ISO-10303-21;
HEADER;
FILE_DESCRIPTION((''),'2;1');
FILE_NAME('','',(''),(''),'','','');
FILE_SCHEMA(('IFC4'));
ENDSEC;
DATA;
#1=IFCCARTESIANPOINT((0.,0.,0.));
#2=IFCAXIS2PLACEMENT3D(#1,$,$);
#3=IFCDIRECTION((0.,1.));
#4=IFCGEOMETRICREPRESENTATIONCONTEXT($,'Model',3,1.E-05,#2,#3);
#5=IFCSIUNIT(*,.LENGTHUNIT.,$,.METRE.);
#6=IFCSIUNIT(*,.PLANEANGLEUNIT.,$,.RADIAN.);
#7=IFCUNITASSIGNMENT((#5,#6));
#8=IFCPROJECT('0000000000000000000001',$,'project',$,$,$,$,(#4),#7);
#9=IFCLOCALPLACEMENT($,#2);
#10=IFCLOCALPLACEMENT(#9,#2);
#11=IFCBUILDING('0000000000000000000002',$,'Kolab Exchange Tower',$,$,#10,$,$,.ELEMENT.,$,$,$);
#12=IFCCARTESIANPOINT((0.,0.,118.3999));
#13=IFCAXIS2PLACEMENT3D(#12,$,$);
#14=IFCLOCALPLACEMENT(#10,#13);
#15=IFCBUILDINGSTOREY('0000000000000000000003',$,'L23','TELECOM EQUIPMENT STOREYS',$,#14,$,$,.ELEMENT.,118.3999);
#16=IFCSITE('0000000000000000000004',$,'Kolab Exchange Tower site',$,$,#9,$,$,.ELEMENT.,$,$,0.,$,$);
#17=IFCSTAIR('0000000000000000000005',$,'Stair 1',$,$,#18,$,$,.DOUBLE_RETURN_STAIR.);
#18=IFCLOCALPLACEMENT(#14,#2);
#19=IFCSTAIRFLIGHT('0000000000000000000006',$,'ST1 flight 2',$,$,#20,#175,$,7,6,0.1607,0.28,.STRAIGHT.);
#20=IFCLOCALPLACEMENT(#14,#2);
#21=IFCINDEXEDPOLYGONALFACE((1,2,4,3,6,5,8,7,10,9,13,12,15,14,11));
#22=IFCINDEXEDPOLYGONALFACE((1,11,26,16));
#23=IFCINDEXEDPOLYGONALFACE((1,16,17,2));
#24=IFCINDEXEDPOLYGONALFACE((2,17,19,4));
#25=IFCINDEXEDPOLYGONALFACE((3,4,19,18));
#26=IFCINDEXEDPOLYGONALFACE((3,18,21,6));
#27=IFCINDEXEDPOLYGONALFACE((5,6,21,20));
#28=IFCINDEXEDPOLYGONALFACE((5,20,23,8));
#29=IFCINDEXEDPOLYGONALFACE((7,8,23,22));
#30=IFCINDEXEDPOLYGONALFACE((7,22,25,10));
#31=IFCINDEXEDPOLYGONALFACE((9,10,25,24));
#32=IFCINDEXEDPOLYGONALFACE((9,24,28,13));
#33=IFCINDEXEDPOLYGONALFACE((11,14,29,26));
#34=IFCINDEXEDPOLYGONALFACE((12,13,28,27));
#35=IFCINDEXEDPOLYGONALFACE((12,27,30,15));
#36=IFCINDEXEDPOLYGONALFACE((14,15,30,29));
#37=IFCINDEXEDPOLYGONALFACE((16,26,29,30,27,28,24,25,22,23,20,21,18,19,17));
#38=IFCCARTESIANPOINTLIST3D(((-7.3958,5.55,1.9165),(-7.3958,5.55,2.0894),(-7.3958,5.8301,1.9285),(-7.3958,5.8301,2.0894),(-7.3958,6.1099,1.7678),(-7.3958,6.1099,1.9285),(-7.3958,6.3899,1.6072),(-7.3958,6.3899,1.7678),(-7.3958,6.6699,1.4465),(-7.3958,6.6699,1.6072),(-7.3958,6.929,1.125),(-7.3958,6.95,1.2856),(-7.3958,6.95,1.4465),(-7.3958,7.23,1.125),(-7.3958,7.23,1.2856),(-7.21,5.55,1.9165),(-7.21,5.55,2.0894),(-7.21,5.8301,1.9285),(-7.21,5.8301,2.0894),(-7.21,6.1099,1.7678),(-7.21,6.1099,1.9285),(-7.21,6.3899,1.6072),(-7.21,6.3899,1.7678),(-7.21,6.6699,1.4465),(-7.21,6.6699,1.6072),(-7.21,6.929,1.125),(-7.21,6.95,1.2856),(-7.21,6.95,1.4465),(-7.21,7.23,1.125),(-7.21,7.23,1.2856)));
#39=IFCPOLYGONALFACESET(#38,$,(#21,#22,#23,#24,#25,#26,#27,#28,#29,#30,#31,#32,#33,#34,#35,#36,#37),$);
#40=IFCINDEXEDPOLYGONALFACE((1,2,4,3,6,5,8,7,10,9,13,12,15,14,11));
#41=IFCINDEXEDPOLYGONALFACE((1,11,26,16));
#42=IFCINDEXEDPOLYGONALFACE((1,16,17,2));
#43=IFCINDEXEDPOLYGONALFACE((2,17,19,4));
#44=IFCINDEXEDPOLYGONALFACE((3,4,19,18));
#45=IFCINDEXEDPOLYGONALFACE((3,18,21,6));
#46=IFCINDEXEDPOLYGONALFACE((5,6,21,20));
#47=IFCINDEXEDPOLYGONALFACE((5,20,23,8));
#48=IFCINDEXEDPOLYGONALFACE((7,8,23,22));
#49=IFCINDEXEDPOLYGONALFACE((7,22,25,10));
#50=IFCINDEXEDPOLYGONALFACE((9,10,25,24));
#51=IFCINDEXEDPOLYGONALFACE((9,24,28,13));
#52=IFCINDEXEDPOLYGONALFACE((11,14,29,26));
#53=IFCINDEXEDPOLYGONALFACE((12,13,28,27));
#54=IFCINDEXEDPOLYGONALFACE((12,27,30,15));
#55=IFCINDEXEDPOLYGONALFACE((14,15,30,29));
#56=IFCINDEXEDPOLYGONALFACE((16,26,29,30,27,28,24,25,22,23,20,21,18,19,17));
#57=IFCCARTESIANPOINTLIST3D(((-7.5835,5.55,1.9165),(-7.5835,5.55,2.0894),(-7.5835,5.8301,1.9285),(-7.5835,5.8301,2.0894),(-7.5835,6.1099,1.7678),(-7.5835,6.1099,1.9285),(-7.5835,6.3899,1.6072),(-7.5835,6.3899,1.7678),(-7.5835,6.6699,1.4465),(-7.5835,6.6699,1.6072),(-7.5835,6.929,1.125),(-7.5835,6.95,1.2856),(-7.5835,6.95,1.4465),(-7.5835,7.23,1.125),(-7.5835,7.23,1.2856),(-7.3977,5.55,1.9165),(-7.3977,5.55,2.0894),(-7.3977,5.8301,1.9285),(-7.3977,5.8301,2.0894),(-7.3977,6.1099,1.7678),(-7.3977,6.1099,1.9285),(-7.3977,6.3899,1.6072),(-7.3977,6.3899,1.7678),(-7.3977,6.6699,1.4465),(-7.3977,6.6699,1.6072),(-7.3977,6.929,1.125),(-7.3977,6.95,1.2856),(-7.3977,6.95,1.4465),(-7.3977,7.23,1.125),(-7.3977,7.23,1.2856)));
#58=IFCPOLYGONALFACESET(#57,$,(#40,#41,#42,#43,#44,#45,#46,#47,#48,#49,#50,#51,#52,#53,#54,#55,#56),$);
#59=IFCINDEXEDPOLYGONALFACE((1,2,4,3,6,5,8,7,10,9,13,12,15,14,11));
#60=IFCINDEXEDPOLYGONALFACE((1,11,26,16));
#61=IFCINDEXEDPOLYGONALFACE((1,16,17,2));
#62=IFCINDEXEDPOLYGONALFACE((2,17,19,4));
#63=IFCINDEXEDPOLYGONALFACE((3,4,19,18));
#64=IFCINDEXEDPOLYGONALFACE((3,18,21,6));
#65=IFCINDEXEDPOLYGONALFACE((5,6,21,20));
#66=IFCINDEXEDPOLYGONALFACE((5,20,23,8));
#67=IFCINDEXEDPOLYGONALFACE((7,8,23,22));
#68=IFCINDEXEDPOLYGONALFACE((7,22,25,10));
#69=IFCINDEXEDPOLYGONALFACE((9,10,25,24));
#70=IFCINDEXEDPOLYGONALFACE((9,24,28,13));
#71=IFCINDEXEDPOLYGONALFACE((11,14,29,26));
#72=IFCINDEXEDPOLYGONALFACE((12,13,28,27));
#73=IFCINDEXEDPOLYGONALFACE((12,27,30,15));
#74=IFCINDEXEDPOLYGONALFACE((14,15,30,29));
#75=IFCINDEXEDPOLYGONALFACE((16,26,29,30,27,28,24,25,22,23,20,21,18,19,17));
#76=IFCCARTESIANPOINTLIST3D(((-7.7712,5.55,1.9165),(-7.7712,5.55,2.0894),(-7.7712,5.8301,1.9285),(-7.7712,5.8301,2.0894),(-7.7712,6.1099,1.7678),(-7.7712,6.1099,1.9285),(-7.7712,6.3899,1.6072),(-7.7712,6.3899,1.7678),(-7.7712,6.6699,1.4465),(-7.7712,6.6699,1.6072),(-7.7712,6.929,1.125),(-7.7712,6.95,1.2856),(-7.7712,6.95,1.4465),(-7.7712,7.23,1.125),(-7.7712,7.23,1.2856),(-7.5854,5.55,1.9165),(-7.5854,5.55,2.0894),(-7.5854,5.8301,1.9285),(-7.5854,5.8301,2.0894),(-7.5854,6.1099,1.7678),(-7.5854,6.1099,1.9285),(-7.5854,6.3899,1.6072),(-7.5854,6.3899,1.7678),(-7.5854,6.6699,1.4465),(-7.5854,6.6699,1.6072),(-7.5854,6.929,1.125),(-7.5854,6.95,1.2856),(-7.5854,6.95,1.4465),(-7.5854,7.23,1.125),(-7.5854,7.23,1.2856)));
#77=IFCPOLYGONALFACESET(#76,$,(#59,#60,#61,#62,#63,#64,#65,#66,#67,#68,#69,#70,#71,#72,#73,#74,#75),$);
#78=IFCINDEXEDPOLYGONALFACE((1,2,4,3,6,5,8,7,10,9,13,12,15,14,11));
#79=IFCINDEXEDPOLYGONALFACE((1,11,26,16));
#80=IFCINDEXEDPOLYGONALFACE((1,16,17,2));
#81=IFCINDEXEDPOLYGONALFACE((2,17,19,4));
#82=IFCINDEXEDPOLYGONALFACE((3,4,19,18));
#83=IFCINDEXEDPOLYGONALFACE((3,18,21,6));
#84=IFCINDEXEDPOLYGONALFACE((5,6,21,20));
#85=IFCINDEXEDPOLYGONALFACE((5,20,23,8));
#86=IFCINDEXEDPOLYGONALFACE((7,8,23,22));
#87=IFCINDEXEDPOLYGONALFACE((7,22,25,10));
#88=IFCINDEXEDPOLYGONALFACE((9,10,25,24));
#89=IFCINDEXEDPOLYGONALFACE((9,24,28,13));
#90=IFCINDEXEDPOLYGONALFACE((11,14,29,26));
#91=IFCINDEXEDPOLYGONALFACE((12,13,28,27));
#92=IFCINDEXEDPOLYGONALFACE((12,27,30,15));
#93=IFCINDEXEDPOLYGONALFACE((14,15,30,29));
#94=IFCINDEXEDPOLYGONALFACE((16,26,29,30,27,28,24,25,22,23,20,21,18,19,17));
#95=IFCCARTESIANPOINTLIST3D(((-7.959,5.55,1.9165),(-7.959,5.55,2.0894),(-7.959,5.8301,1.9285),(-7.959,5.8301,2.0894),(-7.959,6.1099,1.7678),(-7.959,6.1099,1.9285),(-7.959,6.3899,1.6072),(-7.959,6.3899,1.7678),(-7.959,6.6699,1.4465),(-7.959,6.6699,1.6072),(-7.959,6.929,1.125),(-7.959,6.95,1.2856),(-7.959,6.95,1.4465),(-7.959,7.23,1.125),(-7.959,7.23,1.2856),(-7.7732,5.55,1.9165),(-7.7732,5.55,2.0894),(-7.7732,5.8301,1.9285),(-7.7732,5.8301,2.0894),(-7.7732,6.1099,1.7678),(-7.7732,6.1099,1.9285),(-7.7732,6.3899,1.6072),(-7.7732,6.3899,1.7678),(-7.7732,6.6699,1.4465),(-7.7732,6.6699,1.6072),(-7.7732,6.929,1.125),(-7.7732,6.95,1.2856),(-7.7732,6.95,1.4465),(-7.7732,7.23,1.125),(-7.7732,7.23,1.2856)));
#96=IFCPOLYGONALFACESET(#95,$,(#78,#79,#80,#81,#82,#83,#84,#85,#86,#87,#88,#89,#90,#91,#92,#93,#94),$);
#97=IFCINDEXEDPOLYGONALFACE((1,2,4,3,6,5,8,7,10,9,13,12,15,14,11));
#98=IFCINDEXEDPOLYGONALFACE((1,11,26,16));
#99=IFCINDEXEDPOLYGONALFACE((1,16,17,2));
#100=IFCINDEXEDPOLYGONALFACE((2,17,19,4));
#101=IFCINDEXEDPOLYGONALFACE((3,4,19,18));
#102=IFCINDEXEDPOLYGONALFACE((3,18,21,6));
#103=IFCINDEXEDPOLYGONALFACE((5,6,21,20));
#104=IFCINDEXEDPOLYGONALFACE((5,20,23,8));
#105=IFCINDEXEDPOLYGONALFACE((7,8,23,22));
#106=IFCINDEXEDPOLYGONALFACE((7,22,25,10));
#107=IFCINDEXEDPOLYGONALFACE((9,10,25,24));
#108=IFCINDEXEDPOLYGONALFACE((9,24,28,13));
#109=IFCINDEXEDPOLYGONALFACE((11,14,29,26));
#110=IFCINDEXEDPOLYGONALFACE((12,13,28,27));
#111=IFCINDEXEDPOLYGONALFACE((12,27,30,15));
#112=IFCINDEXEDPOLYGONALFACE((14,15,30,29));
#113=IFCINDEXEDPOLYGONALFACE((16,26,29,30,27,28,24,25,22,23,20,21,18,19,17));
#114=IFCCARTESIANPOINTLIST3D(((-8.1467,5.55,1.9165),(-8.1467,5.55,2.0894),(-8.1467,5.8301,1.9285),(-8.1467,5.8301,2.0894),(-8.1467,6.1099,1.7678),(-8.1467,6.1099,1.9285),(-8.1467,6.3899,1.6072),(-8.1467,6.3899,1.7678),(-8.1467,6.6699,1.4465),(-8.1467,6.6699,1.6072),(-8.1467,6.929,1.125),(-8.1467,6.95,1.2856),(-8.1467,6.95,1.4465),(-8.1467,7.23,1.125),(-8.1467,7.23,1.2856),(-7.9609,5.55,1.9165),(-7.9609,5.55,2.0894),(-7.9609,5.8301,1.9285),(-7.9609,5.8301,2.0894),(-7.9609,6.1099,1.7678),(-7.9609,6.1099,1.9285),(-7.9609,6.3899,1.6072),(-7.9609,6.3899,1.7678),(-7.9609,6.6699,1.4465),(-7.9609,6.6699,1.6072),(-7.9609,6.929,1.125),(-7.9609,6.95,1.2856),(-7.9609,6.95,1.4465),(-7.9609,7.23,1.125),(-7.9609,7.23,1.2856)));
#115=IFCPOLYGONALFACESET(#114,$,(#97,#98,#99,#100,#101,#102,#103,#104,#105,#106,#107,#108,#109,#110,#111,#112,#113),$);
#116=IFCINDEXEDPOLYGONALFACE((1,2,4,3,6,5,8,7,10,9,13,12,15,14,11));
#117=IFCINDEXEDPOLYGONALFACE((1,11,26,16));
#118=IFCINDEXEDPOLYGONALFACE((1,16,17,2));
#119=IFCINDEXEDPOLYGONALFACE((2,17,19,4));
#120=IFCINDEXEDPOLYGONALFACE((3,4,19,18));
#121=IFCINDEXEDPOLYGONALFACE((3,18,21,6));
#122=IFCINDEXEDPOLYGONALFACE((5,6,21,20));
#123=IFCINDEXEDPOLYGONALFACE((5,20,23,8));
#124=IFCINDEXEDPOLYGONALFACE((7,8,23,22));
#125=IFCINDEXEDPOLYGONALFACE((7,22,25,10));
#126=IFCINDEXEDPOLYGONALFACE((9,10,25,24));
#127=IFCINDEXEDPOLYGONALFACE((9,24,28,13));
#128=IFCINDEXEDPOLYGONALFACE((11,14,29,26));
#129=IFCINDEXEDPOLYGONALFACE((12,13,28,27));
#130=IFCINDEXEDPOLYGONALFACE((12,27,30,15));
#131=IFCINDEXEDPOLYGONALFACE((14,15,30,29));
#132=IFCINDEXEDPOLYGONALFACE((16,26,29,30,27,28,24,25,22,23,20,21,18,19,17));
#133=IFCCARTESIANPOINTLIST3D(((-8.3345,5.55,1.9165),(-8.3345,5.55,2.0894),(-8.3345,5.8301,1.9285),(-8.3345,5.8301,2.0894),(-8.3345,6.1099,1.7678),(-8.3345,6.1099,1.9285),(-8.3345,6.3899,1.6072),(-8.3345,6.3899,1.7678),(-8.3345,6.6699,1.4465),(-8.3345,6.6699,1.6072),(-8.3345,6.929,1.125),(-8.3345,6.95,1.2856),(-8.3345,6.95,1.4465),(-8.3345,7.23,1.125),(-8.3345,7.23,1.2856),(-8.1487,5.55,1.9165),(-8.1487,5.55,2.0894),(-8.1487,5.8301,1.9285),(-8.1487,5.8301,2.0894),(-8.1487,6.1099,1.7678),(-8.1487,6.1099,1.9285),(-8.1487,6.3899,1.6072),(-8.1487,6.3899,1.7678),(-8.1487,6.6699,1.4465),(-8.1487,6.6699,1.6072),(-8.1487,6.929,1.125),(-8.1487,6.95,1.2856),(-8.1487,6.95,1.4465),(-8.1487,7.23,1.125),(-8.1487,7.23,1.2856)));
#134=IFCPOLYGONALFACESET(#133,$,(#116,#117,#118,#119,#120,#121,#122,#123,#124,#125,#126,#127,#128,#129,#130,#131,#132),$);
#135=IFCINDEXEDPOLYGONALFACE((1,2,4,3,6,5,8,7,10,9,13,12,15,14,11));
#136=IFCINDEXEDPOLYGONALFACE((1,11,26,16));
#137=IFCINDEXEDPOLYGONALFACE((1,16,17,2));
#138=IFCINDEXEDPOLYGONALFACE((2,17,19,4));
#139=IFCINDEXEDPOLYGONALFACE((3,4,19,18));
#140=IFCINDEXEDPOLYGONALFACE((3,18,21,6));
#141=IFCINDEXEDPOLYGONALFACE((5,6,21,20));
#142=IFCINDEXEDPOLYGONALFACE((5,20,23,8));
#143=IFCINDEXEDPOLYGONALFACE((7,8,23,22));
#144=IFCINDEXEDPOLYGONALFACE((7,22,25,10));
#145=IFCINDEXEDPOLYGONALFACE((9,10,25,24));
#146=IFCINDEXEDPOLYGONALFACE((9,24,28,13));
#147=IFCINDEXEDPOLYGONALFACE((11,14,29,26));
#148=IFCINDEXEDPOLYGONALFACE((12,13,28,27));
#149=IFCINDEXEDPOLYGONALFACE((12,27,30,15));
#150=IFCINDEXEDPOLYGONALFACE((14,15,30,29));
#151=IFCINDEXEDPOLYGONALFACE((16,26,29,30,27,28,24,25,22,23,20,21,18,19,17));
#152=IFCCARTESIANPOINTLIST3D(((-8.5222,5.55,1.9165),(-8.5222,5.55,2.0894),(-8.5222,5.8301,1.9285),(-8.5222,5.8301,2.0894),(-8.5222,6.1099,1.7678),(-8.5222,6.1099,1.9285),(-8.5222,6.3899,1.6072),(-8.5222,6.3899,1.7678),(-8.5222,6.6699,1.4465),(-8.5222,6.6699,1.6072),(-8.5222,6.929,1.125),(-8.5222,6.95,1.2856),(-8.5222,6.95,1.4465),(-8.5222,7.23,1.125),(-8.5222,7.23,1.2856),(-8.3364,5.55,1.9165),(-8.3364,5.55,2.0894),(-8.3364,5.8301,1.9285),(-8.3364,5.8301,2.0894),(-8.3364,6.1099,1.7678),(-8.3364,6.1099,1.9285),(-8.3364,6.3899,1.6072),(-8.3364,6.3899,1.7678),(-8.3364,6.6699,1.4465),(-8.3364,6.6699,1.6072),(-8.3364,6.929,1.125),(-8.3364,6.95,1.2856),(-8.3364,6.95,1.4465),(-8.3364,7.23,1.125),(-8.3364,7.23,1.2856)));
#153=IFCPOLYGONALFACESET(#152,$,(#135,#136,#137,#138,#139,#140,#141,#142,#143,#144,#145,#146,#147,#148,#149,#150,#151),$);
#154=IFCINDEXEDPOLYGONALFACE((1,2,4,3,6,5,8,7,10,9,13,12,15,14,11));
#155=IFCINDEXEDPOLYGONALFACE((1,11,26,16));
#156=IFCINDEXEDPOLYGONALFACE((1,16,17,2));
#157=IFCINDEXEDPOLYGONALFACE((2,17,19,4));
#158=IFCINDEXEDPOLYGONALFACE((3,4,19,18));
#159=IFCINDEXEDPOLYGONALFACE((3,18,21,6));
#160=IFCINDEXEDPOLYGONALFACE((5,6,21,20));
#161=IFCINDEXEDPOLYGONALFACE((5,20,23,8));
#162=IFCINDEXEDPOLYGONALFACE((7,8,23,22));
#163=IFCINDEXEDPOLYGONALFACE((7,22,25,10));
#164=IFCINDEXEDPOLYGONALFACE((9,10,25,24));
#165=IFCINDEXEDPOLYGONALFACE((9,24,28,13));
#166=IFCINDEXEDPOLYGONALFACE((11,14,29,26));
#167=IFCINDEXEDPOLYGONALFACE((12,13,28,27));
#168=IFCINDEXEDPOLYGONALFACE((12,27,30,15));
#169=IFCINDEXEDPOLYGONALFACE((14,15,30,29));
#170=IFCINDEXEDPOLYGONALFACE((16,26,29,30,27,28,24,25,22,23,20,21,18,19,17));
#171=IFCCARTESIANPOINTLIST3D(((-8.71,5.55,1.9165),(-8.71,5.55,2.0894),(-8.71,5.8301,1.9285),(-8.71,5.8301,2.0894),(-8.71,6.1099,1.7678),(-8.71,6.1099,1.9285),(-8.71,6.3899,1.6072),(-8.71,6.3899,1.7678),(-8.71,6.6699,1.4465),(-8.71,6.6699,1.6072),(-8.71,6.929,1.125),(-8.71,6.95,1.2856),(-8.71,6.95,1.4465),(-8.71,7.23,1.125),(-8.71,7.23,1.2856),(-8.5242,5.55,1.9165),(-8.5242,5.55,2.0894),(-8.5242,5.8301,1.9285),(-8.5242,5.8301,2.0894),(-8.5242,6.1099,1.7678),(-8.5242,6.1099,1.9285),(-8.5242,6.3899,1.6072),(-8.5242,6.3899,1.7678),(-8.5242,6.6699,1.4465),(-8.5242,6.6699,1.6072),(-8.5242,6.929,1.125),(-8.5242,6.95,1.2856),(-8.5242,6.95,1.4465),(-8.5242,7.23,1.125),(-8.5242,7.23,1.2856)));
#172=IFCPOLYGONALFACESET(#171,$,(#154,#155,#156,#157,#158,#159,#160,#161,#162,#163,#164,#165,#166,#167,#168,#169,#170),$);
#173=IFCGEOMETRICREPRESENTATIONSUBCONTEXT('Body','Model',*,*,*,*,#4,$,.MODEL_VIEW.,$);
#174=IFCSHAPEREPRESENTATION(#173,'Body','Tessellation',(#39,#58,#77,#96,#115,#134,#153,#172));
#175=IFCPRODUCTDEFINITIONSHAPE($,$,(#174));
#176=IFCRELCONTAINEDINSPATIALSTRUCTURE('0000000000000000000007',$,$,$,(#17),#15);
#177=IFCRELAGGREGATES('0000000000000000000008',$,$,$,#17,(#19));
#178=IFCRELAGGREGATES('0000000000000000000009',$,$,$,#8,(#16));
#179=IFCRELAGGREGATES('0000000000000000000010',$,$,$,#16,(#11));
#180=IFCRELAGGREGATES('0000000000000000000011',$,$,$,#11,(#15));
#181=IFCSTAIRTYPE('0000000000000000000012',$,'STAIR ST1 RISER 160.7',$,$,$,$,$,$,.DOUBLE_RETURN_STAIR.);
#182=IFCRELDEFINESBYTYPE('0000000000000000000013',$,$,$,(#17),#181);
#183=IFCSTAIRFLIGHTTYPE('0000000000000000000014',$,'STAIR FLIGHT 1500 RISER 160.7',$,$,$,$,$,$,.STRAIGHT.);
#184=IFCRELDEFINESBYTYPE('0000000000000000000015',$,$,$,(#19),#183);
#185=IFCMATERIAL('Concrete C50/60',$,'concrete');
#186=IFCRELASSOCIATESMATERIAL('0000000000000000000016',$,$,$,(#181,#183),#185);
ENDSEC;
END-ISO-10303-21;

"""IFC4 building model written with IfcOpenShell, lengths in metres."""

from ifc_helpers import new_model, si_unit, direction, frame, origin, place, context, subcontext, project, spatial, polyline, outline, extrude, material, type_object, element, aggregate, save


model = new_model("IFC4")

# Units and contexts
model_context = context("Model", 3, precision=1e-05, world=origin(), true_north=direction((0.0, 1.0)))
body_context = subcontext(model_context, "Body", "Model", "MODEL_VIEW")
ifc_project = project(units=[si_unit("LENGTHUNIT", "METRE"), si_unit("PLANEANGLEUNIT", "RADIAN")], contexts=[model_context])

# Site, building, storey
site_placement = place(None, origin())
site = spatial("IfcSite", under=ifc_project, at=site_placement, Name="Kolab Exchange Tower site", CompositionType="ELEMENT", RefElevation=0.0)
building_placement = place(site_placement, origin())
building = spatial("IfcBuilding", under=site, at=building_placement, Name="Kolab Exchange Tower", CompositionType="ELEMENT")
storey_placement = place(building_placement, frame((0.0, 0.0, 118.3999)))
storey = spatial("IfcBuildingStorey", under=building, at=storey_placement, Name="L23", Description="TELECOM EQUIPMENT STOREYS", CompositionType="ELEMENT", Elevation=118.3999)

# Shared definitions
ifc_material_1 = material(Name="Concrete C50/60", Category="concrete")

# Stair, stair flight
stair_type = type_object("IfcStairType", Name="STAIR ST1 RISER 160.7", PredefinedType="DOUBLE_RETURN_STAIR", material=ifc_material_1)
stair_placement = place(storey_placement, origin())
stair = element("IfcStair", 1, at=stair_placement, inside=storey, type_object=stair_type, Name="Stair 1", PredefinedType="DOUBLE_RETURN_STAIR")
stair_flight_type = type_object("IfcStairFlightType", Name="STAIR FLIGHT 1500 RISER 160.7", PredefinedType="STRAIGHT", material=ifc_material_1)
stair_flight_1_placement = place(storey_placement, frame((-7.96, 7.23, 1.125), z_axis=(0.0, 0.0, 1.0), x_axis=(0.0, -1.0, 0.0)))
stair_flight_1 = element("IfcStairFlight", 2, at=stair_flight_1_placement, type_object=stair_flight_type, Name="ST1 flight 2", NumberOfRisers=7, NumberOfTreads=6, PredefinedType="STRAIGHT", RiserHeight=0.1607, TreadLength=0.28, context=body_context, shape_type="SweptSolid", body=[
    extrude(outline(polyline([(0.0, 0.0), (0.0, 0.1606), (0.28, 0.1606), (0.28, 0.3215), (0.5601, 0.3215), (0.5601, 0.4822), (0.8401, 0.4822), (0.8401, 0.6428), (1.1201, 0.6428), (1.1201, 0.8035), (1.3999, 0.8035), (1.3999, 0.9644), (1.6799, 0.9644), (1.6799, 1.125), (1.6799, 0.7915), (0.301, 0.0), (0.0, 0.0)])), frame((0.0, 0.75, 0.0), z_axis=(0.0, -1.0, 0.0), x_axis=(1.0, 0.0, 0.0)), (0.0, 0.0, 1.0), 0.1858),
    extrude(outline(polyline([(0.0, 0.0), (0.0, 0.1606), (0.28, 0.1606), (0.28, 0.3215), (0.5601, 0.3215), (0.5601, 0.4822), (0.8401, 0.4822), (0.8401, 0.6428), (1.1201, 0.6428), (1.1201, 0.8035), (1.3999, 0.8035), (1.3999, 0.9644), (1.6799, 0.9644), (1.6799, 1.125), (1.6799, 0.7915), (0.301, 0.0), (0.0, 0.0)])), frame((0.0, 0.5623, 0.0), z_axis=(0.0, -1.0, 0.0), x_axis=(1.0, 0.0, 0.0)), (0.0, 0.0, 1.0), 0.1858),
    extrude(outline(polyline([(0.0, 0.0), (0.0, 0.1606), (0.28, 0.1606), (0.28, 0.3215), (0.5601, 0.3215), (0.5601, 0.4822), (0.8401, 0.4822), (0.8401, 0.6428), (1.1201, 0.6428), (1.1201, 0.8035), (1.3999, 0.8035), (1.3999, 0.9644), (1.6799, 0.9644), (1.6799, 1.125), (1.6799, 0.7915), (0.301, 0.0), (0.0, 0.0)])), frame((0.0, 0.3745, 0.0), z_axis=(0.0, -1.0, 0.0), x_axis=(1.0, 0.0, 0.0)), (0.0, 0.0, 1.0), 0.1858),
    extrude(outline(polyline([(0.0, 0.0), (0.0, 0.1606), (0.28, 0.1606), (0.28, 0.3215), (0.5601, 0.3215), (0.5601, 0.4822), (0.8401, 0.4822), (0.8401, 0.6428), (1.1201, 0.6428), (1.1201, 0.8035), (1.3999, 0.8035), (1.3999, 0.9644), (1.6799, 0.9644), (1.6799, 1.125), (1.6799, 0.7915), (0.301, 0.0), (0.0, 0.0)])), frame((0.0, 0.1868, 0.0), z_axis=(0.0, -1.0, 0.0), x_axis=(1.0, 0.0, 0.0)), (0.0, 0.0, 1.0), 0.1858),
    extrude(outline(polyline([(0.0, 0.0), (0.0, 0.1606), (0.28, 0.1606), (0.28, 0.3215), (0.5601, 0.3215), (0.5601, 0.4822), (0.8401, 0.4822), (0.8401, 0.6428), (1.1201, 0.6428), (1.1201, 0.8035), (1.3999, 0.8035), (1.3999, 0.9644), (1.6799, 0.9644), (1.6799, 1.125), (1.6799, 0.7915), (0.301, 0.0), (0.0, 0.0)])), frame((0.0, -0.001, 0.0), z_axis=(0.0, -1.0, 0.0), x_axis=(1.0, 0.0, 0.0)), (0.0, 0.0, 1.0), 0.1858),
    extrude(outline(polyline([(0.0, 0.0), (0.0, 0.1606), (0.28, 0.1606), (0.28, 0.3215), (0.5601, 0.3215), (0.5601, 0.4822), (0.8401, 0.4822), (0.8401, 0.6428), (1.1201, 0.6428), (1.1201, 0.8035), (1.3999, 0.8035), (1.3999, 0.9644), (1.6799, 0.9644), (1.6799, 1.125), (1.6799, 0.7915), (0.301, 0.0), (0.0, 0.0)])), frame((0.0, -0.1887, 0.0), z_axis=(0.0, -1.0, 0.0), x_axis=(1.0, 0.0, 0.0)), (0.0, 0.0, 1.0), 0.1858),
    extrude(outline(polyline([(0.0, 0.0), (0.0, 0.1606), (0.28, 0.1606), (0.28, 0.3215), (0.5601, 0.3215), (0.5601, 0.4822), (0.8401, 0.4822), (0.8401, 0.6428), (1.1201, 0.6428), (1.1201, 0.8035), (1.3999, 0.8035), (1.3999, 0.9644), (1.6799, 0.9644), (1.6799, 1.125), (1.6799, 0.7915), (0.301, 0.0), (0.0, 0.0)])), frame((0.0, -0.3765, 0.0), z_axis=(0.0, -1.0, 0.0), x_axis=(1.0, 0.0, 0.0)), (0.0, 0.0, 1.0), 0.1858),
    extrude(outline(polyline([(0.0, 0.0), (0.0, 0.1606), (0.28, 0.1606), (0.28, 0.3215), (0.5601, 0.3215), (0.5601, 0.4822), (0.8401, 0.4822), (0.8401, 0.6428), (1.1201, 0.6428), (1.1201, 0.8035), (1.3999, 0.8035), (1.3999, 0.9644), (1.6799, 0.9644), (1.6799, 1.125), (1.6799, 0.7915), (0.301, 0.0), (0.0, 0.0)])), frame((0.0, -0.5642, 0.0), z_axis=(0.0, -1.0, 0.0), x_axis=(1.0, 0.0, 0.0)), (0.0, 0.0, 1.0), 0.1858),
])
aggregate(stair, [stair_flight_1])

save(model, "model.ifc")
